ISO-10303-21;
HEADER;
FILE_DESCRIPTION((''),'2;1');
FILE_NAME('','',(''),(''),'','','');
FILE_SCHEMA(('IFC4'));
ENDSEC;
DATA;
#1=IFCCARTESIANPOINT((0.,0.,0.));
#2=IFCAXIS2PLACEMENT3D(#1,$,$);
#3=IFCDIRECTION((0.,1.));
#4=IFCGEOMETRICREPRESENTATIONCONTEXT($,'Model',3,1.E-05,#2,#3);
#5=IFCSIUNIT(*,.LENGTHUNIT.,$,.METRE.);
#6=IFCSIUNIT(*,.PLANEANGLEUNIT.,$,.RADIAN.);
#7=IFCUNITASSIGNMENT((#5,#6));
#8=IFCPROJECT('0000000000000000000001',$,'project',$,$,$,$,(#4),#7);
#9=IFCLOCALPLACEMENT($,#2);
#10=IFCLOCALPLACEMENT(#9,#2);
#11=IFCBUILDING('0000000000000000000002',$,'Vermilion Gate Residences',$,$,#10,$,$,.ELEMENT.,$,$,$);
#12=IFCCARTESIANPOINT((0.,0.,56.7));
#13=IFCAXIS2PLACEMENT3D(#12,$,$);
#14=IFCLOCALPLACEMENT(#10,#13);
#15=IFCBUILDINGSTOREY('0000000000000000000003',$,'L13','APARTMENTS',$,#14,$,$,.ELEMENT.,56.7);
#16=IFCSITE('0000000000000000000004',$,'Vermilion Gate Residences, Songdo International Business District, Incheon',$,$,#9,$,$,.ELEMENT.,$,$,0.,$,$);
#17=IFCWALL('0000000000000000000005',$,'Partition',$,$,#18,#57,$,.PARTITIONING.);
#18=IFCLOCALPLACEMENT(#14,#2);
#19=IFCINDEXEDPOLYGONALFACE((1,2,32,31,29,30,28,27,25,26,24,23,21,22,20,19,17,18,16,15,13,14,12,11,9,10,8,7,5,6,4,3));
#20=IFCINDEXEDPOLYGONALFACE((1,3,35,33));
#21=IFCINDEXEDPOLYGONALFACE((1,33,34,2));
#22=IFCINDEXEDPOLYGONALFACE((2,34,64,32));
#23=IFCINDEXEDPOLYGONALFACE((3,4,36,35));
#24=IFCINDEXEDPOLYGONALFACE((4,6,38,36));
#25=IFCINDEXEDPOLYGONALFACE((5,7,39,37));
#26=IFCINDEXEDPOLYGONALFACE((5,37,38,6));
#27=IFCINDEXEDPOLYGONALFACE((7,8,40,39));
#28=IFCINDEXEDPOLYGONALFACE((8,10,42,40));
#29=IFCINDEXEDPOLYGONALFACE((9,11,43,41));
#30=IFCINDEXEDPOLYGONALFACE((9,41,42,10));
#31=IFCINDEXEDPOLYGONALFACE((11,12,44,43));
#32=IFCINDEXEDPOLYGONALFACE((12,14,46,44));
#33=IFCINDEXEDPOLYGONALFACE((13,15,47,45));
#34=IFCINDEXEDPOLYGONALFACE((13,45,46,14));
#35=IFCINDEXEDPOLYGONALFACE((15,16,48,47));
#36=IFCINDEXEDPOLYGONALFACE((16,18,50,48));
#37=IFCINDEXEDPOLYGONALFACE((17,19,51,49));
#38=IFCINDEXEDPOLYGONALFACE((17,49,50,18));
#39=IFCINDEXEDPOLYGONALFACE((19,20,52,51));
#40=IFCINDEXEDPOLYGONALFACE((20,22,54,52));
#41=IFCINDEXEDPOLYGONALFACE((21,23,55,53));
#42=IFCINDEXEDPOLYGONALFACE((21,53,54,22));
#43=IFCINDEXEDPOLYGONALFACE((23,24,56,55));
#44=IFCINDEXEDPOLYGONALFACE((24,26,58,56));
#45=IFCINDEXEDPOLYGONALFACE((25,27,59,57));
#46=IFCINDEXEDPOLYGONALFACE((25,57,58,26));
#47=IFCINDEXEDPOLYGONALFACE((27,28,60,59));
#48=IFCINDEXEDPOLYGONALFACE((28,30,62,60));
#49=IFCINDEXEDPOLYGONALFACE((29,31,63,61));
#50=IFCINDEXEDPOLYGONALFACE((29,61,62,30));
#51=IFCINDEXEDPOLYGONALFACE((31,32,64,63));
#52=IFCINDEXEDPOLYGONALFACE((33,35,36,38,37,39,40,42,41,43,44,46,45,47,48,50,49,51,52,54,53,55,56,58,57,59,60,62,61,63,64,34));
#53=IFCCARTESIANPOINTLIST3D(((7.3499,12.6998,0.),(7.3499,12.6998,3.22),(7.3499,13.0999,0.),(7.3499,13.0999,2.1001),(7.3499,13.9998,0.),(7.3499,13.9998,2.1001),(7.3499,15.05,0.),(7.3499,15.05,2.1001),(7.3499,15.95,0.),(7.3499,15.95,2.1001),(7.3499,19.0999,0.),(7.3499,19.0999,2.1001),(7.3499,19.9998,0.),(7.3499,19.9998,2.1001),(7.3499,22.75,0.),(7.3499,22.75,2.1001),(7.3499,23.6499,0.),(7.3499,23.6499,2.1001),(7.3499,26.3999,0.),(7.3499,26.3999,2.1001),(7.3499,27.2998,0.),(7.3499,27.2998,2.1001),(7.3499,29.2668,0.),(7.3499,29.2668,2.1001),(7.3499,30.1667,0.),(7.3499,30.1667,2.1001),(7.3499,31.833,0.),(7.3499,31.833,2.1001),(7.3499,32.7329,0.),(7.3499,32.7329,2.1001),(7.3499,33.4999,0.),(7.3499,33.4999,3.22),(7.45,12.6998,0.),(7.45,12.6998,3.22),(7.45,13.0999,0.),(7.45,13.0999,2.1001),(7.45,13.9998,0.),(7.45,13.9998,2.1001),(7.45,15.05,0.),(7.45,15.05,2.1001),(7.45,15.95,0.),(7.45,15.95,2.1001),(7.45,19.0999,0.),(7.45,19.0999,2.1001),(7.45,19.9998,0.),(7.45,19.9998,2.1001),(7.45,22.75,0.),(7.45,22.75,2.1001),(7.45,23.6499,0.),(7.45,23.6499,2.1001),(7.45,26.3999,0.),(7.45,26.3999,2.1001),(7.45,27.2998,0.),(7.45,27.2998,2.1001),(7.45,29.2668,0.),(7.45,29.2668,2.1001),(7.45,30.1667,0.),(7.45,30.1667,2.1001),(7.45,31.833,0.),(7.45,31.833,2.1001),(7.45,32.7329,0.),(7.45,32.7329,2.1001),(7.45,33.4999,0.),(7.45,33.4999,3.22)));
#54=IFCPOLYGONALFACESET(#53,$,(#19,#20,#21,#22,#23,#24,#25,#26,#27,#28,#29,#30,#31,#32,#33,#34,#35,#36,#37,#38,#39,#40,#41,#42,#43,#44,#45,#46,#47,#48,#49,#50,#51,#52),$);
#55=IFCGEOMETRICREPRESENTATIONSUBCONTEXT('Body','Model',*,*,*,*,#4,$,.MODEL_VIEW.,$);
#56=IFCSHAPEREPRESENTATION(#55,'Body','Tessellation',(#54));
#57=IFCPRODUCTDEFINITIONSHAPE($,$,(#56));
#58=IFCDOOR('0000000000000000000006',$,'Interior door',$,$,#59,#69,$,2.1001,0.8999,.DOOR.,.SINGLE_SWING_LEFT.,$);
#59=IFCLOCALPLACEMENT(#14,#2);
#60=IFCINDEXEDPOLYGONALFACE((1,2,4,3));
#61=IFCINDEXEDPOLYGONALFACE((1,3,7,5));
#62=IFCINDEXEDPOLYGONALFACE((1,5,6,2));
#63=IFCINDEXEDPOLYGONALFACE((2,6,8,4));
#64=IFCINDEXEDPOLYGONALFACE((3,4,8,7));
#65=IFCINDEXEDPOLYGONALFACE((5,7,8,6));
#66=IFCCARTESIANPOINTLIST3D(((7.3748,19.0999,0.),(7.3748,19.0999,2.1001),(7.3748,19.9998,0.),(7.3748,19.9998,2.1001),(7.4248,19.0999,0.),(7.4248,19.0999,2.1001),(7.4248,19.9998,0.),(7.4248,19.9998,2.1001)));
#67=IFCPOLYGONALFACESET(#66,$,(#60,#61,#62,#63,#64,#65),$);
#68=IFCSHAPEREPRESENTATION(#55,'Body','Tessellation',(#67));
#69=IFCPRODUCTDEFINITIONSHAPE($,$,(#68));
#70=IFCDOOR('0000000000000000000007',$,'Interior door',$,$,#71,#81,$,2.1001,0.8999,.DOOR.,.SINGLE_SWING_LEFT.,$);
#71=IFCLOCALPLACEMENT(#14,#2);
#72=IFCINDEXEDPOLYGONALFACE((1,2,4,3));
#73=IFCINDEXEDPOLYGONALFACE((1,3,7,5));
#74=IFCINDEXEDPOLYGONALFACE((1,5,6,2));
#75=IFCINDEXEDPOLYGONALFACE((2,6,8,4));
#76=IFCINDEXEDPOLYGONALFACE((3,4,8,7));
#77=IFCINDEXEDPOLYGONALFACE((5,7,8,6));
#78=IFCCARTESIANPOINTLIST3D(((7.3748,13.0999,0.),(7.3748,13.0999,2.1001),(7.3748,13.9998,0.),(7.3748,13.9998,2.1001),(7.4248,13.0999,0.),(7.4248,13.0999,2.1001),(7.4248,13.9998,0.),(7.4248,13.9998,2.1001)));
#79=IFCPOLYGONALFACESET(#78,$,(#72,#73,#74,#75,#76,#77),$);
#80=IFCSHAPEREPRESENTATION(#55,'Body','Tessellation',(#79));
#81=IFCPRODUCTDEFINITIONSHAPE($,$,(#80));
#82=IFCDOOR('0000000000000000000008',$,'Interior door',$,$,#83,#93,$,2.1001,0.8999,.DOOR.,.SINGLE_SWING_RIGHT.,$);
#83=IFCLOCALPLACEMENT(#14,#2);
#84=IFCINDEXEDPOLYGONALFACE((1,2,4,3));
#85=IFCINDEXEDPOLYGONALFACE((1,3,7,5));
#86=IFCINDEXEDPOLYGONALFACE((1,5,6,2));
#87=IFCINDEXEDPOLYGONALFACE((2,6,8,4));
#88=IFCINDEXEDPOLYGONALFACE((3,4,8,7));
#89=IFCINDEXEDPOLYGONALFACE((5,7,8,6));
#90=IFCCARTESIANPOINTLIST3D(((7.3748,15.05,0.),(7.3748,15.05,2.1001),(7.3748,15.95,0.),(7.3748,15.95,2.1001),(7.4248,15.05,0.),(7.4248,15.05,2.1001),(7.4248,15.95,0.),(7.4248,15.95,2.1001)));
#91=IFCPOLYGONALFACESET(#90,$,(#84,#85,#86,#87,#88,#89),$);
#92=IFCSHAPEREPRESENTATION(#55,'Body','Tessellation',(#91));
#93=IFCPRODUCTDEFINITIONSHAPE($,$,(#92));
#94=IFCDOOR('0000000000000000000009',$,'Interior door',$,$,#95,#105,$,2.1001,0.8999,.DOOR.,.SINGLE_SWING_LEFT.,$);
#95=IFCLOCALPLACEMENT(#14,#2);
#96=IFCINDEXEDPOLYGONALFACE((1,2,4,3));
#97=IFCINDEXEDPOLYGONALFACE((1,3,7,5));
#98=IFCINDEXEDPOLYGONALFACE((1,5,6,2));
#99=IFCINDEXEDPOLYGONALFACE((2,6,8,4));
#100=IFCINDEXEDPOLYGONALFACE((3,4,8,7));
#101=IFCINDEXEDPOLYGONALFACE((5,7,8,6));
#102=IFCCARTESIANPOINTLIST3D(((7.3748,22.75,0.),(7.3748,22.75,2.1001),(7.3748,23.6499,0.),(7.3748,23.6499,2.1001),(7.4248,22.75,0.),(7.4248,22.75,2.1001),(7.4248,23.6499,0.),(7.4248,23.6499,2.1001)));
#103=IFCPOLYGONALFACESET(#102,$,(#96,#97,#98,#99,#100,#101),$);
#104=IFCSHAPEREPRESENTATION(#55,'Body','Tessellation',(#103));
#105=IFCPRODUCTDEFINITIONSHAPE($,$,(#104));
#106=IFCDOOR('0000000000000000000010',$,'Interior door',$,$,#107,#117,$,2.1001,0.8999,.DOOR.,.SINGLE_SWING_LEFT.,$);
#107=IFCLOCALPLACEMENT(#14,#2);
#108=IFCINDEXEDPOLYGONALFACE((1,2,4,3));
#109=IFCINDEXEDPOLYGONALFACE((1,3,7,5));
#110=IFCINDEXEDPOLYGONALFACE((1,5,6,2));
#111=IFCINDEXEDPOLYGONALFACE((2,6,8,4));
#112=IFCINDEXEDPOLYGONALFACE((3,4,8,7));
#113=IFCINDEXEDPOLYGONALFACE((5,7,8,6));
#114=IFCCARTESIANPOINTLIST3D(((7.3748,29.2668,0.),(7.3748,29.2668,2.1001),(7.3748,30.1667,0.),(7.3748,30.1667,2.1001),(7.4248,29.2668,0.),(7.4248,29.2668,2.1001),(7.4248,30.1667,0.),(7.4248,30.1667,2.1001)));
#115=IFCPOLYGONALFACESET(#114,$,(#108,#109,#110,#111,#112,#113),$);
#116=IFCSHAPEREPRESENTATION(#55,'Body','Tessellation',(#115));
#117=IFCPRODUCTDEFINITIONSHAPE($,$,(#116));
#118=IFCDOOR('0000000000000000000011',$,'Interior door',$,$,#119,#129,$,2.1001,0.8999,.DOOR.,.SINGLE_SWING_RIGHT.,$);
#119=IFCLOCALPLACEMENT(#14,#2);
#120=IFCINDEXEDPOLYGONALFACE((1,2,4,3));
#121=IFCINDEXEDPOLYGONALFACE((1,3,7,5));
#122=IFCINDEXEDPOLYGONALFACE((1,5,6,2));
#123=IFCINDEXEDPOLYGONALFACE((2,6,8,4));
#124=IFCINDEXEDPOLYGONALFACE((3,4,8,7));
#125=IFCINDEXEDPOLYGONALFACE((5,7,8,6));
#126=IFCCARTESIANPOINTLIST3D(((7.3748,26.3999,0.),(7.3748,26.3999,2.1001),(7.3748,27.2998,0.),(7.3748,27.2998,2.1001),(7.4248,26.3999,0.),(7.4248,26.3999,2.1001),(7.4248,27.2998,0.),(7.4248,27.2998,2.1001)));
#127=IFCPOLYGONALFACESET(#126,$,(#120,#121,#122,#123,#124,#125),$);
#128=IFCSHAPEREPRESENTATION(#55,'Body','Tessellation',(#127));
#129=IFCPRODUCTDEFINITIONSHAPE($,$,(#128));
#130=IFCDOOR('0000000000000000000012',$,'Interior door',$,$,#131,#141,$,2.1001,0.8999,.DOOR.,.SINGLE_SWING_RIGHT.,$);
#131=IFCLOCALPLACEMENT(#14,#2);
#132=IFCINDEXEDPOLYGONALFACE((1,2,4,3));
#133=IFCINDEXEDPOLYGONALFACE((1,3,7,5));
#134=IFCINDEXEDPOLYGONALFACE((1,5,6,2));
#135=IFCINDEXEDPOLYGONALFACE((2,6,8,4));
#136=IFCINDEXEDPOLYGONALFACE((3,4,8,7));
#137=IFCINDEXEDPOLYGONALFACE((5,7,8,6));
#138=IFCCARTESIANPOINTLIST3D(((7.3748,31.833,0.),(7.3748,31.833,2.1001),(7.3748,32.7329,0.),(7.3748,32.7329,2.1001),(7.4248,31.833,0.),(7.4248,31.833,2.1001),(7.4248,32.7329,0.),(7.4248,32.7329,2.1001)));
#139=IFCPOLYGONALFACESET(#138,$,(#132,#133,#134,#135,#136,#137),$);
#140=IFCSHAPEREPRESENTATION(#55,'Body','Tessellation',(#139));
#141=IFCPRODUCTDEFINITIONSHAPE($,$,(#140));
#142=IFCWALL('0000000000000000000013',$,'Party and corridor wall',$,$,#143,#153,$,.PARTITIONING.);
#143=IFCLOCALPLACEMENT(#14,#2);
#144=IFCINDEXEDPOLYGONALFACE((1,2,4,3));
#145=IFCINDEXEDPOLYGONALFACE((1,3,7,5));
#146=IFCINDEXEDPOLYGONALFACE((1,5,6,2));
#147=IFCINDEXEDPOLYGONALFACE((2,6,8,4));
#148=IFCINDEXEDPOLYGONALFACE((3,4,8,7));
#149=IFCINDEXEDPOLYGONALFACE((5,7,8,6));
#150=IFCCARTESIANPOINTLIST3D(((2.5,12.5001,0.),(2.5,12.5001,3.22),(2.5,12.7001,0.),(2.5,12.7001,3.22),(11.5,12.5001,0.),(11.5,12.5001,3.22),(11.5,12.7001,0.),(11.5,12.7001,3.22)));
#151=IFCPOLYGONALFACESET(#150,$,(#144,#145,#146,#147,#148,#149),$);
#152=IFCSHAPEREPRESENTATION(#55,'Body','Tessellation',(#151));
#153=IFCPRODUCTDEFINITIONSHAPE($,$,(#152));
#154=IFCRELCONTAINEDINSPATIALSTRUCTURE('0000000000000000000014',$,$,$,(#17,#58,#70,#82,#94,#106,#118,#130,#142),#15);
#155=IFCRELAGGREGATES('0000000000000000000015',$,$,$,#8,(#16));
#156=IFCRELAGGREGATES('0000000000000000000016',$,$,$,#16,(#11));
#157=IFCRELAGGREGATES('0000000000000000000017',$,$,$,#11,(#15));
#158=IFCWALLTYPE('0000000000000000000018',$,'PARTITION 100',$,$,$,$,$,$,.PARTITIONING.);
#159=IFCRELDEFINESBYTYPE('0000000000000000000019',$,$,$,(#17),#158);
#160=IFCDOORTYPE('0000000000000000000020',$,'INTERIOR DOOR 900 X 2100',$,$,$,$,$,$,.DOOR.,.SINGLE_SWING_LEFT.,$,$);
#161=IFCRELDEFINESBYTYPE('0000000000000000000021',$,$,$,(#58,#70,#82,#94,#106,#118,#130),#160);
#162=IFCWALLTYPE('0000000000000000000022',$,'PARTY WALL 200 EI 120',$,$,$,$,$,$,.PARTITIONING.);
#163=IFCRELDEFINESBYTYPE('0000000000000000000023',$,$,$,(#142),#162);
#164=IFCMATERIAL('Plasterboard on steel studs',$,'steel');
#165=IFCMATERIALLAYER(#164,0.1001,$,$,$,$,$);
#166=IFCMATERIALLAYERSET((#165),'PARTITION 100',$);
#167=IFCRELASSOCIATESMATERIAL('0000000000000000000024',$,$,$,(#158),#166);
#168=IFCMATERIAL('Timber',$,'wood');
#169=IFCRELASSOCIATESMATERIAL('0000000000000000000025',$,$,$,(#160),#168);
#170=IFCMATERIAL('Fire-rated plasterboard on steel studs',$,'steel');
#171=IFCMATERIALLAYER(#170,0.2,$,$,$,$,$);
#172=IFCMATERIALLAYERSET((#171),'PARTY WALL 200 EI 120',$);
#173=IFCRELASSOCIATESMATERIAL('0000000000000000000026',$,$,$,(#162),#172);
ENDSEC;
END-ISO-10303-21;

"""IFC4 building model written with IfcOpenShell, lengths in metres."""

from ifc_helpers import new_model, si_unit, direction, frame, frame_2d, origin, place, context, subcontext, project, spatial, rectangle, extrude, material, layer, layer_set, type_object, element, fill, save


model = new_model("IFC4")

# Units and contexts
model_context = context("Model", 3, precision=1e-05, world=origin(), true_north=direction((0.0, 1.0)))
body_context = subcontext(model_context, "Body", "Model", "MODEL_VIEW")
ifc_project = project(units=[si_unit("LENGTHUNIT", "METRE"), si_unit("PLANEANGLEUNIT", "RADIAN")], contexts=[model_context])

# Site, building, storey
site_placement = place(None, origin())
site = spatial("IfcSite", under=ifc_project, at=site_placement, Name="Vermilion Gate Residences, Songdo International Business District, Incheon", CompositionType="ELEMENT", RefElevation=0.0)
building_placement = place(site_placement, origin())
building = spatial("IfcBuilding", under=site, at=building_placement, Name="Vermilion Gate Residences", CompositionType="ELEMENT")
storey_placement = place(building_placement, frame((0.0, 0.0, 56.7)))
storey = spatial("IfcBuildingStorey", under=building, at=storey_placement, Name="L13", Description="APARTMENTS", CompositionType="ELEMENT", Elevation=56.7)

# Shared definitions
ifc_material_1 = material(Name="Plasterboard on steel studs", Category="steel")
ifc_layer_1 = layer(ifc_material_1, 0.1001)
ifc_layer_set_1 = layer_set([ifc_layer_1], Name="PARTITION 100")
wall_type_1 = type_object("IfcWallType", Name="PARTITION 100", PredefinedType="PARTITIONING", material=ifc_layer_set_1)

# Wall, openings, doors
ifc_material_2 = material(Name="Timber", Category="wood")
door_type = type_object("IfcDoorType", Name="INTERIOR DOOR 900 X 2100", OperationType="SINGLE_SWING_LEFT", PredefinedType="DOOR", material=ifc_material_2)
wall_1_placement = place(storey_placement, frame((7.3999, 12.7, 0.0), z_axis=(0.0, 0.0, 1.0), x_axis=(0.0, 1.0, 0.0)))
wall_1 = element("IfcWall", 1, at=wall_1_placement, inside=storey, type_object=wall_type_1, Name="Partition", PredefinedType="PARTITIONING", context=body_context, shape_type="SweptSolid", body=[
    extrude(rectangle(XDim=20.8, YDim=0.1001, at=frame_2d((10.3999, 0.0))), origin(), (0.0, 0.0, 1.0), 3.22),
])
opening_1_placement = place(wall_1_placement, frame((6.3999, 0.0, 0.0)))
opening_1 = element("IfcOpeningElement", 2, at=opening_1_placement, cuts=wall_1, PredefinedType="OPENING", context=body_context, shape_type="SweptSolid", body=[
    extrude(rectangle(XDim=0.8999, YDim=2.1001, at=frame_2d((0.45, 1.05))), frame((0.0, 0.0601, 0.0), z_axis=(0.0, -1.0, 0.0), x_axis=(1.0, 0.0, 0.0)), (0.0, 0.0, 1.0), 0.1201),
])
opening_2_placement = place(wall_1_placement, frame((0.3999, 0.0, 0.0)))
opening_2 = element("IfcOpeningElement", 3, at=opening_2_placement, cuts=wall_1, PredefinedType="OPENING", context=body_context, shape_type="SweptSolid", body=[
    extrude(rectangle(XDim=0.8999, YDim=2.1001, at=frame_2d((0.45, 1.05))), frame((0.0, 0.0601, 0.0), z_axis=(0.0, -1.0, 0.0), x_axis=(1.0, 0.0, 0.0)), (0.0, 0.0, 1.0), 0.1201),
])
opening_3_placement = place(wall_1_placement, frame((2.3501, 0.0, 0.0)))
opening_3 = element("IfcOpeningElement", 4, at=opening_3_placement, cuts=wall_1, PredefinedType="OPENING", context=body_context, shape_type="SweptSolid", body=[
    extrude(rectangle(XDim=0.8999, YDim=2.1001, at=frame_2d((0.45, 1.05))), frame((0.0, 0.0601, 0.0), z_axis=(0.0, -1.0, 0.0), x_axis=(1.0, 0.0, 0.0)), (0.0, 0.0, 1.0), 0.1201),
])
opening_4_placement = place(wall_1_placement, frame((10.05, 0.0, 0.0)))
opening_4 = element("IfcOpeningElement", 5, at=opening_4_placement, cuts=wall_1, PredefinedType="OPENING", context=body_context, shape_type="SweptSolid", body=[
    extrude(rectangle(XDim=0.8999, YDim=2.1001, at=frame_2d((0.45, 1.05))), frame((0.0, 0.0601, 0.0), z_axis=(0.0, -1.0, 0.0), x_axis=(1.0, 0.0, 0.0)), (0.0, 0.0, 1.0), 0.1201),
])
opening_5_placement = place(wall_1_placement, frame((16.5669, 0.0, 0.0)))
opening_5 = element("IfcOpeningElement", 6, at=opening_5_placement, cuts=wall_1, PredefinedType="OPENING", context=body_context, shape_type="SweptSolid", body=[
    extrude(rectangle(XDim=0.8999, YDim=2.1001, at=frame_2d((0.45, 1.05))), frame((0.0, 0.0601, 0.0), z_axis=(0.0, -1.0, 0.0), x_axis=(1.0, 0.0, 0.0)), (0.0, 0.0, 1.0), 0.1201),
])
opening_6_placement = place(wall_1_placement, frame((13.7, 0.0, 0.0)))
opening_6 = element("IfcOpeningElement", 7, at=opening_6_placement, cuts=wall_1, PredefinedType="OPENING", context=body_context, shape_type="SweptSolid", body=[
    extrude(rectangle(XDim=0.8999, YDim=2.1001, at=frame_2d((0.45, 1.05))), frame((0.0, 0.0601, 0.0), z_axis=(0.0, -1.0, 0.0), x_axis=(1.0, 0.0, 0.0)), (0.0, 0.0, 1.0), 0.1201),
])
opening_7_placement = place(wall_1_placement, frame((19.1331, 0.0, 0.0)))
opening_7 = element("IfcOpeningElement", 8, at=opening_7_placement, cuts=wall_1, PredefinedType="OPENING", context=body_context, shape_type="SweptSolid", body=[
    extrude(rectangle(XDim=0.8999, YDim=2.1001, at=frame_2d((0.45, 1.05))), frame((0.0, 0.0601, 0.0), z_axis=(0.0, -1.0, 0.0), x_axis=(1.0, 0.0, 0.0)), (0.0, 0.0, 1.0), 0.1201),
])
door_1_placement = place(opening_1_placement, frame((0.8999, 0.0, 0.0), z_axis=(0.0, 0.0, 1.0), x_axis=(-1.0, 0.0, 0.0)))
door_1 = element("IfcDoor", 9, at=door_1_placement, inside=storey, type_object=door_type, Name="Interior door", OperationType="SINGLE_SWING_LEFT", OverallHeight=2.1001, OverallWidth=0.8999, PredefinedType="DOOR", context=body_context, shape_type="SweptSolid", body=[
    extrude(rectangle(XDim=0.8999, YDim=2.1001, at=frame_2d((0.45, 1.05))), frame((0.0, 0.0249, 0.0), z_axis=(0.0, -1.0, 0.0), x_axis=(1.0, 0.0, 0.0)), (0.0, 0.0, 1.0), 0.05),
])
fill(opening_1, door_1)
door_2_placement = place(opening_2_placement, frame((0.8999, 0.0, 0.0), z_axis=(0.0, 0.0, 1.0), x_axis=(-1.0, 0.0, 0.0)))
door_2 = element("IfcDoor", 10, at=door_2_placement, inside=storey, type_object=door_type, Name="Interior door", OperationType="SINGLE_SWING_LEFT", OverallHeight=2.1001, OverallWidth=0.8999, PredefinedType="DOOR", context=body_context, shape_type="SweptSolid", body=[
    extrude(rectangle(XDim=0.8999, YDim=2.1001, at=frame_2d((0.45, 1.05))), frame((0.0, 0.0249, 0.0), z_axis=(0.0, -1.0, 0.0), x_axis=(1.0, 0.0, 0.0)), (0.0, 0.0, 1.0), 0.05),
])
fill(opening_2, door_2)
door_3_placement = place(opening_3_placement, frame((0.8999, 0.0, 0.0), z_axis=(0.0, 0.0, 1.0), x_axis=(-1.0, 0.0, 0.0)))
door_3 = element("IfcDoor", 11, at=door_3_placement, inside=storey, type_object=door_type, Name="Interior door", OperationType="SINGLE_SWING_RIGHT", OverallHeight=2.1001, OverallWidth=0.8999, PredefinedType="DOOR", context=body_context, shape_type="SweptSolid", body=[
    extrude(rectangle(XDim=0.8999, YDim=2.1001, at=frame_2d((0.45, 1.05))), frame((0.0, 0.0249, 0.0), z_axis=(0.0, -1.0, 0.0), x_axis=(1.0, 0.0, 0.0)), (0.0, 0.0, 1.0), 0.05),
])
fill(opening_3, door_3)
door_4_placement = place(opening_4_placement, frame((0.8999, 0.0, 0.0), z_axis=(0.0, 0.0, 1.0), x_axis=(-1.0, 0.0, 0.0)))
door_4 = element("IfcDoor", 12, at=door_4_placement, inside=storey, type_object=door_type, Name="Interior door", OperationType="SINGLE_SWING_LEFT", OverallHeight=2.1001, OverallWidth=0.8999, PredefinedType="DOOR", context=body_context, shape_type="SweptSolid", body=[
    extrude(rectangle(XDim=0.8999, YDim=2.1001, at=frame_2d((0.45, 1.05))), frame((0.0, 0.0249, 0.0), z_axis=(0.0, -1.0, 0.0), x_axis=(1.0, 0.0, 0.0)), (0.0, 0.0, 1.0), 0.05),
])
fill(opening_4, door_4)
door_5_placement = place(opening_5_placement, frame((0.8999, 0.0, 0.0), z_axis=(0.0, 0.0, 1.0), x_axis=(-1.0, 0.0, 0.0)))
door_5 = element("IfcDoor", 13, at=door_5_placement, inside=storey, type_object=door_type, Name="Interior door", OperationType="SINGLE_SWING_LEFT", OverallHeight=2.1001, OverallWidth=0.8999, PredefinedType="DOOR", context=body_context, shape_type="SweptSolid", body=[
    extrude(rectangle(XDim=0.8999, YDim=2.1001, at=frame_2d((0.45, 1.05))), frame((0.0, 0.0249, 0.0), z_axis=(0.0, -1.0, 0.0), x_axis=(1.0, 0.0, 0.0)), (0.0, 0.0, 1.0), 0.05),
])
fill(opening_5, door_5)
door_6_placement = place(opening_6_placement, frame((0.8999, 0.0, 0.0), z_axis=(0.0, 0.0, 1.0), x_axis=(-1.0, 0.0, 0.0)))
door_6 = element("IfcDoor", 14, at=door_6_placement, inside=storey, type_object=door_type, Name="Interior door", OperationType="SINGLE_SWING_RIGHT", OverallHeight=2.1001, OverallWidth=0.8999, PredefinedType="DOOR", context=body_context, shape_type="SweptSolid", body=[
    extrude(rectangle(XDim=0.8999, YDim=2.1001, at=frame_2d((0.45, 1.05))), frame((0.0, 0.0249, 0.0), z_axis=(0.0, -1.0, 0.0), x_axis=(1.0, 0.0, 0.0)), (0.0, 0.0, 1.0), 0.05),
])
fill(opening_6, door_6)
door_7_placement = place(opening_7_placement, frame((0.8999, 0.0, 0.0), z_axis=(0.0, 0.0, 1.0), x_axis=(-1.0, 0.0, 0.0)))
door_7 = element("IfcDoor", 15, at=door_7_placement, inside=storey, type_object=door_type, Name="Interior door", OperationType="SINGLE_SWING_RIGHT", OverallHeight=2.1001, OverallWidth=0.8999, PredefinedType="DOOR", context=body_context, shape_type="SweptSolid", body=[
    extrude(rectangle(XDim=0.8999, YDim=2.1001, at=frame_2d((0.45, 1.05))), frame((0.0, 0.0249, 0.0), z_axis=(0.0, -1.0, 0.0), x_axis=(1.0, 0.0, 0.0)), (0.0, 0.0, 1.0), 0.05),
])
fill(opening_7, door_7)

# Wall
ifc_material_3 = material(Name="Fire-rated plasterboard on steel studs", Category="steel")
ifc_layer_2 = layer(ifc_material_3, 0.2)
ifc_layer_set_2 = layer_set([ifc_layer_2], Name="PARTY WALL 200 EI 120")
wall_type_2 = type_object("IfcWallType", Name="PARTY WALL 200 EI 120", PredefinedType="PARTITIONING", material=ifc_layer_set_2)
wall_2_placement = place(storey_placement, frame((2.5, 12.6001, 0.0), z_axis=(0.0, 0.0, 1.0), x_axis=(1.0, 0.0, 0.0)))
element("IfcWall", 16, at=wall_2_placement, inside=storey, type_object=wall_type_2, Name="Party and corridor wall", PredefinedType="PARTITIONING", context=body_context, shape_type="SweptSolid", body=[
    extrude(rectangle(XDim=9.0, YDim=0.2, at=frame_2d((4.5, 0.0))), origin(), (0.0, 0.0, 1.0), 3.22),
])

save(model, "model.ifc")
